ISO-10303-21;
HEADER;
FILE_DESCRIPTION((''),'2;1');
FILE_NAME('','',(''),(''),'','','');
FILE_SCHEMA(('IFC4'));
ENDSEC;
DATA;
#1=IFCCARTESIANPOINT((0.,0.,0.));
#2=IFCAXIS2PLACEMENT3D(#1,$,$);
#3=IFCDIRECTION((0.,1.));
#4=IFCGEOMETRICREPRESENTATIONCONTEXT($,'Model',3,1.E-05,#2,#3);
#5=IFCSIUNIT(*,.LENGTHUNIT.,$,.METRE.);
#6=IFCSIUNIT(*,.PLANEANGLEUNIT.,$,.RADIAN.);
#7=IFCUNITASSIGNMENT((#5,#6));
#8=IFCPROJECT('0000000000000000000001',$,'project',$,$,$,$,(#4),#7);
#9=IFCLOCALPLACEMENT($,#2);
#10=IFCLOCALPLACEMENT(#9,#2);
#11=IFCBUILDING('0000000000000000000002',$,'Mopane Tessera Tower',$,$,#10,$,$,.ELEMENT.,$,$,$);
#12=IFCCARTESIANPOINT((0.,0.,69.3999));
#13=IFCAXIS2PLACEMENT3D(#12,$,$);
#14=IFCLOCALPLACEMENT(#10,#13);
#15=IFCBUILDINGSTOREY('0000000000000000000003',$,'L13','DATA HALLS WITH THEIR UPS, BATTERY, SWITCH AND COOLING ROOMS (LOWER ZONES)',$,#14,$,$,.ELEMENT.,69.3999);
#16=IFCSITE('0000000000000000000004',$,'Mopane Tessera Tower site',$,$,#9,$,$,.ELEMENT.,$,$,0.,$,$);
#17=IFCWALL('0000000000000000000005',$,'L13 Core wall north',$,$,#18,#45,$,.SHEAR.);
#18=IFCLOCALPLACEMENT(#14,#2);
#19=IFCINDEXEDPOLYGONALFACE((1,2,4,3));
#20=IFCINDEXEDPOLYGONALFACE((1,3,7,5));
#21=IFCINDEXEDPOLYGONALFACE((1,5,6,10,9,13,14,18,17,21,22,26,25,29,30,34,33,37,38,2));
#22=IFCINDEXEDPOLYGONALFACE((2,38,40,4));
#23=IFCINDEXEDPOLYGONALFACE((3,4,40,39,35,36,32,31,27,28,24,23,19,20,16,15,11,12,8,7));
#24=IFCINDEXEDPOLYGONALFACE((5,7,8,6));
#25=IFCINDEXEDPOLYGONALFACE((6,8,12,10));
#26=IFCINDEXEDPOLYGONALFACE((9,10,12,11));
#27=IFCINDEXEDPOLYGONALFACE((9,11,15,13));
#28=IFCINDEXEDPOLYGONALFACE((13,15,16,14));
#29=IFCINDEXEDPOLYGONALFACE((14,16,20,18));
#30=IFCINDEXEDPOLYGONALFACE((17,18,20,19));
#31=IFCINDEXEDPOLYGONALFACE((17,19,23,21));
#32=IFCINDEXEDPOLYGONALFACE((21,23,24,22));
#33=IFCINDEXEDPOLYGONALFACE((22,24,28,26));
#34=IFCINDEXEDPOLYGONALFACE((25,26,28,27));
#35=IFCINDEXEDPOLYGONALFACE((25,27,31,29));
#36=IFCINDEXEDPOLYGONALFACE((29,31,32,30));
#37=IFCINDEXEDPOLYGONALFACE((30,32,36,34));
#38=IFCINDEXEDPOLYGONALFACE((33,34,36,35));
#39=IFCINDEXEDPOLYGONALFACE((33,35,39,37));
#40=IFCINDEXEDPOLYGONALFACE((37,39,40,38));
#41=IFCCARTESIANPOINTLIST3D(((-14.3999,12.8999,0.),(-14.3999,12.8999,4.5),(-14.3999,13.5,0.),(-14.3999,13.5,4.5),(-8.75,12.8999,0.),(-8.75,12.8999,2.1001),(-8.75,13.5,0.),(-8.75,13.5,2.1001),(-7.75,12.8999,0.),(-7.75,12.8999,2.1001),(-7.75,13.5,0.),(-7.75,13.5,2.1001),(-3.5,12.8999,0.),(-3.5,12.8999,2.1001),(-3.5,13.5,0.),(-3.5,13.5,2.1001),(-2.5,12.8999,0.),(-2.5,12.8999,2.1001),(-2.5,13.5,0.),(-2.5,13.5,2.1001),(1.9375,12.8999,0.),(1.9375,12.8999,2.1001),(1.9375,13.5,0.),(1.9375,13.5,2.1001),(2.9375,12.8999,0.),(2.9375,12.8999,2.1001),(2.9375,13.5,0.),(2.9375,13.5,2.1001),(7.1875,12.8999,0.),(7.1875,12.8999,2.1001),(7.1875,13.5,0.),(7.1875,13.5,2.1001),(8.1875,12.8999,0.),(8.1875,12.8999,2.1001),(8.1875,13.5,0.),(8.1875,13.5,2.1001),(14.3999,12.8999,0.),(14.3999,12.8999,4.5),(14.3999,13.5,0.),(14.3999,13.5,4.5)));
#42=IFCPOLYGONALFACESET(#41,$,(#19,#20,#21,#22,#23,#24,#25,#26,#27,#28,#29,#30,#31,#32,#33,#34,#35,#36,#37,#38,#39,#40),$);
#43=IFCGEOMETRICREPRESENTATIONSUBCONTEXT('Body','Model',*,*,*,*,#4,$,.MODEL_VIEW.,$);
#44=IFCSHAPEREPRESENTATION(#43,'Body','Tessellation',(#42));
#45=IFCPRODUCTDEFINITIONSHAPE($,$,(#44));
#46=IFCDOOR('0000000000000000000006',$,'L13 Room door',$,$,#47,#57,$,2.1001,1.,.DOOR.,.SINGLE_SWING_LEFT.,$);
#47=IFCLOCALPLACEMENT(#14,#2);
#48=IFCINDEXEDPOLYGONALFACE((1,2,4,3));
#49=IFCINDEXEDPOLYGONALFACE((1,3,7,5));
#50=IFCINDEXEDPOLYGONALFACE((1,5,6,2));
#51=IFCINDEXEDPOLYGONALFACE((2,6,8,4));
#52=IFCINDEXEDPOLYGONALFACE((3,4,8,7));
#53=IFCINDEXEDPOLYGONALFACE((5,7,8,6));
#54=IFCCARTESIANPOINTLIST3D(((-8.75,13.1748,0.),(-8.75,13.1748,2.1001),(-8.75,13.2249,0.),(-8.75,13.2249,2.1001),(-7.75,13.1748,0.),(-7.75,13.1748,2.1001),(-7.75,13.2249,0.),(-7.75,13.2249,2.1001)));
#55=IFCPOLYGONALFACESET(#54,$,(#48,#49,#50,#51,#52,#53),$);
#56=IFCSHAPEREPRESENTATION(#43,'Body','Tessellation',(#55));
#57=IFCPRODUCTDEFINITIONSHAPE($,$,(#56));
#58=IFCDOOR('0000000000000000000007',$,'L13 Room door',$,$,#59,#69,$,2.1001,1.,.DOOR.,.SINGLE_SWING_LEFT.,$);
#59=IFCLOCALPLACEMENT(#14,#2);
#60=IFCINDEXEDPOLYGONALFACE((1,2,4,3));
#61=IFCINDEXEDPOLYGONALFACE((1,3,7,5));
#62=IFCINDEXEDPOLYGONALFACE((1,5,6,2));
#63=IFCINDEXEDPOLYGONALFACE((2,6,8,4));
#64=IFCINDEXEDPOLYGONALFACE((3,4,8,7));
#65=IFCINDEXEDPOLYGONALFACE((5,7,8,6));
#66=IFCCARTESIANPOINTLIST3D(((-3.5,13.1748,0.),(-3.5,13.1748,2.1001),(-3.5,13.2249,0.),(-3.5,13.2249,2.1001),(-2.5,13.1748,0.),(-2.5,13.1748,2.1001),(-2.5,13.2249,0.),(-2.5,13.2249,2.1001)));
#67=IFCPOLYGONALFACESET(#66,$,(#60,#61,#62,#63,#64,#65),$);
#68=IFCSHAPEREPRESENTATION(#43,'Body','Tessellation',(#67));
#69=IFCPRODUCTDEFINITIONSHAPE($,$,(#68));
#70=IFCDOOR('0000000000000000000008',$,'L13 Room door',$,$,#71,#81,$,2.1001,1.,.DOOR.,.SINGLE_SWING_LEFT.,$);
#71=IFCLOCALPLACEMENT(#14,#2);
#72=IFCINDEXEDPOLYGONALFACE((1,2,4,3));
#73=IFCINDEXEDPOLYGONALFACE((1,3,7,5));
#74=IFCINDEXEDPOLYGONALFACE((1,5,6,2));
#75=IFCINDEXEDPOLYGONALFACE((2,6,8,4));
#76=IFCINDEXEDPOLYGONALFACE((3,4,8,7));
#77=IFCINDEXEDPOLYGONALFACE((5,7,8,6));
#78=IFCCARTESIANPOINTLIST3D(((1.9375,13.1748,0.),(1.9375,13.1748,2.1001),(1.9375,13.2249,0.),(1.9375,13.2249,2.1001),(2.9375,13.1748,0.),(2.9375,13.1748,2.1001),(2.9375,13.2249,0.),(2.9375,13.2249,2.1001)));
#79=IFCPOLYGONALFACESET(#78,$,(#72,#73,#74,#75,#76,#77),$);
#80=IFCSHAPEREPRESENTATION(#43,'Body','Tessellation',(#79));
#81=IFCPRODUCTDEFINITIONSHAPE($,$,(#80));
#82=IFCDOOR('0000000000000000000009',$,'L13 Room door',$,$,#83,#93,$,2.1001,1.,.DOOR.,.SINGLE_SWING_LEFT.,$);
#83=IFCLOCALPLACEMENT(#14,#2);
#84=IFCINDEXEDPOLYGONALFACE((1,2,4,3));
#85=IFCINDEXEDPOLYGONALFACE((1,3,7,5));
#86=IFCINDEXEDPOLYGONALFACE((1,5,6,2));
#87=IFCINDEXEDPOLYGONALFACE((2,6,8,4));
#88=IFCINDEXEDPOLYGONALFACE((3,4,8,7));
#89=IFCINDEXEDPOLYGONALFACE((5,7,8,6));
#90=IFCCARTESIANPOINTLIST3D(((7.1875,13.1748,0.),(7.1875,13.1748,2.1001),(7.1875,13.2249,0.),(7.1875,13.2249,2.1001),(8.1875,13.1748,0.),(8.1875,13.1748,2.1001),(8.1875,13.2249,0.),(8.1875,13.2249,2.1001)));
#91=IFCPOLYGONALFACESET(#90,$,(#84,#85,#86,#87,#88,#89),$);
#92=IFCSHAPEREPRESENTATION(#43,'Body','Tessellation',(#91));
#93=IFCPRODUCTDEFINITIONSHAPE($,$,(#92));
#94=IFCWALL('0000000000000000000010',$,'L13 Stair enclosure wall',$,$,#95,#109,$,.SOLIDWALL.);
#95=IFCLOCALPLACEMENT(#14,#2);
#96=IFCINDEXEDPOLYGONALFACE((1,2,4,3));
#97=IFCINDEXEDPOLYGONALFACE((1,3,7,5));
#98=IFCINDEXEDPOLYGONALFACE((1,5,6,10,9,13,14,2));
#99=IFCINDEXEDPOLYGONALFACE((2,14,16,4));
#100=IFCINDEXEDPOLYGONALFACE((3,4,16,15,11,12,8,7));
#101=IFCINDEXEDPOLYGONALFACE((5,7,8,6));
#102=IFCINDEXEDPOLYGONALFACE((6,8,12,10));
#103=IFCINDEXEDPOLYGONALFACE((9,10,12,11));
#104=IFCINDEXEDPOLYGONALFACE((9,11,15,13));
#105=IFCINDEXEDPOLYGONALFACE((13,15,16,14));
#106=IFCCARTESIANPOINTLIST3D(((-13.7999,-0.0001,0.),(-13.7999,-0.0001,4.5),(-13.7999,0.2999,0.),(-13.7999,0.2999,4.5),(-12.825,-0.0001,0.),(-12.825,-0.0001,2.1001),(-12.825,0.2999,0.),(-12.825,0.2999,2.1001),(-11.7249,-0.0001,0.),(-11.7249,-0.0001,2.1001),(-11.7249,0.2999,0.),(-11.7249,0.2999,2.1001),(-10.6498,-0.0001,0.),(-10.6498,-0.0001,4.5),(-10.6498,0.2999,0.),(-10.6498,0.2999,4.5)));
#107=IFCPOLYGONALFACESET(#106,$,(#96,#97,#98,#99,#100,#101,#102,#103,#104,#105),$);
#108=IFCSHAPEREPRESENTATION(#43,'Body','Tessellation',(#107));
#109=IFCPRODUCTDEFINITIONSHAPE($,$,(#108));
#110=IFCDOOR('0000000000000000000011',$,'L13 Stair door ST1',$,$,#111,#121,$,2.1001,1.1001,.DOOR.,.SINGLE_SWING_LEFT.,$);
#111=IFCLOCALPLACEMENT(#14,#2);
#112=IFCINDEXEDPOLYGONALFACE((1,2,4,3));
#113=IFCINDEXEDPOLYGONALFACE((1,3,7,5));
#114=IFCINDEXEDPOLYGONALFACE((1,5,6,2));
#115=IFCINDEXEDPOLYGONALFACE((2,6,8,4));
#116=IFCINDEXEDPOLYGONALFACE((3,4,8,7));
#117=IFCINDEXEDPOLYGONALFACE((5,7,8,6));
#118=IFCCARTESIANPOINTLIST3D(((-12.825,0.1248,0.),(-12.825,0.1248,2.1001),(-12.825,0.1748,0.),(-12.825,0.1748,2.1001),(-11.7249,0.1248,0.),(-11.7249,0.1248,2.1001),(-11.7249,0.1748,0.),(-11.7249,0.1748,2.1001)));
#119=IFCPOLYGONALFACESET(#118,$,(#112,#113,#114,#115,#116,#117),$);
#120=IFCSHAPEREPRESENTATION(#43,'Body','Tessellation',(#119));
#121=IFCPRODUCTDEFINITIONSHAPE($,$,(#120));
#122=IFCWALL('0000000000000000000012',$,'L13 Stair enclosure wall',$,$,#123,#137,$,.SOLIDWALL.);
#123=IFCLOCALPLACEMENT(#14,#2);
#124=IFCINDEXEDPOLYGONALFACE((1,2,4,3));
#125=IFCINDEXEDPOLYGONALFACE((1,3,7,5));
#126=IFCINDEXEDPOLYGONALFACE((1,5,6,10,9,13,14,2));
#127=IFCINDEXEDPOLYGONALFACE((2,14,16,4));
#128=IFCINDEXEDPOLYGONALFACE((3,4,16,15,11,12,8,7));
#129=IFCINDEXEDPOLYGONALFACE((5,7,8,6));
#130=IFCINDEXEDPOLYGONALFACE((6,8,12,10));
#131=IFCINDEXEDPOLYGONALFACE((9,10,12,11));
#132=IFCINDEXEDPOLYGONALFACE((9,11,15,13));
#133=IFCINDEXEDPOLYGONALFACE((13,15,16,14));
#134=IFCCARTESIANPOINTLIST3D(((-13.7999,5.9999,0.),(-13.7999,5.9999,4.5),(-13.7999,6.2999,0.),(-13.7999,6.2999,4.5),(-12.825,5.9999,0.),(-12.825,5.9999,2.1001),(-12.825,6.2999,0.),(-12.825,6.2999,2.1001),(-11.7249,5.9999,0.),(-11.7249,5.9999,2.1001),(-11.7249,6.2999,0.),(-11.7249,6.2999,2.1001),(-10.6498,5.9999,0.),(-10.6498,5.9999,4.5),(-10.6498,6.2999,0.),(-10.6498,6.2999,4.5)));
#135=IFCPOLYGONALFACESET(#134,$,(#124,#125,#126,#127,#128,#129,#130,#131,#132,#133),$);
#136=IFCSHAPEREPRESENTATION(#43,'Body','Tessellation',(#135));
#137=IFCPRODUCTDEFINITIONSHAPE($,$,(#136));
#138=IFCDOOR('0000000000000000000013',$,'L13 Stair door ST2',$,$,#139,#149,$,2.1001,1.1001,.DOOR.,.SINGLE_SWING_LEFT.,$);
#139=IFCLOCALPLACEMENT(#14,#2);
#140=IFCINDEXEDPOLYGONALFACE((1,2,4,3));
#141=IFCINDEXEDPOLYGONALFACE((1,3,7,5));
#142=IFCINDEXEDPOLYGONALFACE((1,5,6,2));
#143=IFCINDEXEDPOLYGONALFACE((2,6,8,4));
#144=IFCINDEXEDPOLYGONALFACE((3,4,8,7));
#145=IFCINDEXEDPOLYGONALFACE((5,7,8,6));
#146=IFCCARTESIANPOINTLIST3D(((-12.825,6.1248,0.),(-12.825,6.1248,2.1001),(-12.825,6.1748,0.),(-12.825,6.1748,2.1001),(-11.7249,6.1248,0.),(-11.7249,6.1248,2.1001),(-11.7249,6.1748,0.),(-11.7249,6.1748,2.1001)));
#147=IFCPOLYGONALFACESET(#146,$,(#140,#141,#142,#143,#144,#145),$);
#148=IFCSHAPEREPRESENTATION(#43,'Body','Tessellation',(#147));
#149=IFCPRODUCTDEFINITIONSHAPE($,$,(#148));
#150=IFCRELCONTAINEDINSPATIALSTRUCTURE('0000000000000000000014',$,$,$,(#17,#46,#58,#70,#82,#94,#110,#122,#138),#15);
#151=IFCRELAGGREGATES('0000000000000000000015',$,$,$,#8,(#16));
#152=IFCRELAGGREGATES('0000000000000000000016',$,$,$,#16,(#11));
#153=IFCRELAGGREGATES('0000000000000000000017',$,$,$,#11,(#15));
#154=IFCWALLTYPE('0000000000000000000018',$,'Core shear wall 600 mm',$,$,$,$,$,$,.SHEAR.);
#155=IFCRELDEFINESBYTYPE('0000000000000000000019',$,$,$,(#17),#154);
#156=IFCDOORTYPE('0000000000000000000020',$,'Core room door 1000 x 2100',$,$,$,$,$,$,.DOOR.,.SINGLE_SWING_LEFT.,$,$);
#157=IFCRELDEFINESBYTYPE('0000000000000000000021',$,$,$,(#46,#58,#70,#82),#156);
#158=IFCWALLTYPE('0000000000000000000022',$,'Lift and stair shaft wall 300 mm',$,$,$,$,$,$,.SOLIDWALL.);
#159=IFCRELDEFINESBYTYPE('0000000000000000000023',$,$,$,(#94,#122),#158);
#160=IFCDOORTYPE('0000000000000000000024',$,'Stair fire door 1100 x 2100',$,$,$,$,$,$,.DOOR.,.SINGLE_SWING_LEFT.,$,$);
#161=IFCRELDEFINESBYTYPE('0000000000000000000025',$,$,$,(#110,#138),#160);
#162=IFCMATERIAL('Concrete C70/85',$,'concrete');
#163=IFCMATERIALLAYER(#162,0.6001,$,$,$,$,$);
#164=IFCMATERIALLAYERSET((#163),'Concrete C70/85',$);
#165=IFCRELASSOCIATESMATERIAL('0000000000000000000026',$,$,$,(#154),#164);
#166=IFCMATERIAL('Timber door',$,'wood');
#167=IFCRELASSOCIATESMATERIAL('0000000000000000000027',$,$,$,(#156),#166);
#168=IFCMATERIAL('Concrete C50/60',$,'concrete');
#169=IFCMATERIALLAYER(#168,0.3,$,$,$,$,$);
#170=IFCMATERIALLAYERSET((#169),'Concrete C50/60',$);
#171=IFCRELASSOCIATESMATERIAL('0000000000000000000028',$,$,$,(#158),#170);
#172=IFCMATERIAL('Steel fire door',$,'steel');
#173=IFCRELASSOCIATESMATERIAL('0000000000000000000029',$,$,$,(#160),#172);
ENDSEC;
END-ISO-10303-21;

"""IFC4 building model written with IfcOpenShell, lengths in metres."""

from ifc_helpers import new_model, si_unit, direction, frame, frame_2d, origin, place, context, subcontext, project, spatial, rectangle, extrude, material, layer, layer_set, type_object, element, fill, save


model = new_model("IFC4")

# Units and contexts
model_context = context("Model", 3, precision=1e-05, world=origin(), true_north=direction((0.0, 1.0)))
body_context = subcontext(model_context, "Body", "Model", "MODEL_VIEW")
ifc_project = project(units=[si_unit("LENGTHUNIT", "METRE"), si_unit("PLANEANGLEUNIT", "RADIAN")], contexts=[model_context])

# Site, building, storey
site_placement = place(None, origin())
site = spatial("IfcSite", under=ifc_project, at=site_placement, Name="Mopane Tessera Tower site", CompositionType="ELEMENT", RefElevation=0.0)
building_placement = place(site_placement, origin())
building = spatial("IfcBuilding", under=site, at=building_placement, Name="Mopane Tessera Tower", CompositionType="ELEMENT")
storey_placement = place(building_placement, frame((0.0, 0.0, 69.3999)))
storey = spatial("IfcBuildingStorey", under=building, at=storey_placement, Name="L13", Description="DATA HALLS WITH THEIR UPS, BATTERY, SWITCH AND COOLING ROOMS (LOWER ZONES)", CompositionType="ELEMENT", Elevation=69.3999)

# Wall, openings, doors
ifc_material_1 = material(Name="Concrete C70/85", Category="concrete")
ifc_layer_1 = layer(ifc_material_1, 0.6001)
ifc_layer_set_1 = layer_set([ifc_layer_1], Name="Concrete C70/85")
wall_type_1 = type_object("IfcWallType", Name="Core shear wall 600 mm", PredefinedType="SHEAR", material=ifc_layer_set_1)
wall_1_placement = place(storey_placement, frame((-14.3999, 13.2, 0.0), z_axis=(0.0, 0.0, 1.0), x_axis=(1.0, 0.0, 0.0)))
wall_1 = element("IfcWall", 1, at=wall_1_placement, inside=storey, type_object=wall_type_1, Name="L13 Core wall north", PredefinedType="SHEAR", context=body_context, shape_type="SweptSolid", body=[
    extrude(rectangle(XDim=28.7998, YDim=0.6001, at=frame_2d((14.3999, 0.0))), origin(), (0.0, 0.0, 1.0), 4.5),
])
opening_1_placement = place(wall_1_placement, frame((5.6499, 0.0, 0.0)))
opening_1 = element("IfcOpeningElement", 2, at=opening_1_placement, cuts=wall_1, PredefinedType="OPENING", context=body_context, shape_type="SweptSolid", body=[
    extrude(rectangle(XDim=1.0, YDim=2.1001, at=frame_2d((0.5, 1.05))), frame((0.0, 0.312, 0.0), z_axis=(0.0, -1.0, 0.0), x_axis=(1.0, 0.0, 0.0)), (0.0, 0.0, 1.0), 0.624),
])
opening_2_placement = place(wall_1_placement, frame((10.8999, 0.0, 0.0)))
opening_2 = element("IfcOpeningElement", 3, at=opening_2_placement, cuts=wall_1, PredefinedType="OPENING", context=body_context, shape_type="SweptSolid", body=[
    extrude(rectangle(XDim=1.0, YDim=2.1001, at=frame_2d((0.5, 1.05))), frame((0.0, 0.312, 0.0), z_axis=(0.0, -1.0, 0.0), x_axis=(1.0, 0.0, 0.0)), (0.0, 0.0, 1.0), 0.624),
])
opening_3_placement = place(wall_1_placement, frame((16.3374, 0.0, 0.0)))
opening_3 = element("IfcOpeningElement", 4, at=opening_3_placement, cuts=wall_1, PredefinedType="OPENING", context=body_context, shape_type="SweptSolid", body=[
    extrude(rectangle(XDim=1.0, YDim=2.1001, at=frame_2d((0.5, 1.05))), frame((0.0, 0.312, 0.0), z_axis=(0.0, -1.0, 0.0), x_axis=(1.0, 0.0, 0.0)), (0.0, 0.0, 1.0), 0.624),
])
opening_4_placement = place(wall_1_placement, frame((21.5874, 0.0, 0.0)))
opening_4 = element("IfcOpeningElement", 5, at=opening_4_placement, cuts=wall_1, PredefinedType="OPENING", context=body_context, shape_type="SweptSolid", body=[
    extrude(rectangle(XDim=1.0, YDim=2.1001, at=frame_2d((0.5, 1.05))), frame((0.0, 0.312, 0.0), z_axis=(0.0, -1.0, 0.0), x_axis=(1.0, 0.0, 0.0)), (0.0, 0.0, 1.0), 0.624),
])
ifc_material_2 = material(Name="Timber door", Category="wood")
door_type_1 = type_object("IfcDoorType", Name="Core room door 1000 x 2100", OperationType="SINGLE_SWING_LEFT", PredefinedType="DOOR", material=ifc_material_2)
door_1_placement = place(opening_1_placement, origin())
door_1 = element("IfcDoor", 6, at=door_1_placement, inside=storey, type_object=door_type_1, Name="L13 Room door", OperationType="SINGLE_SWING_LEFT", OverallHeight=2.1001, OverallWidth=1.0, PredefinedType="DOOR", context=body_context, shape_type="SweptSolid", body=[
    extrude(rectangle(XDim=1.0, YDim=2.1001, at=frame_2d((0.5, 1.05))), frame((0.0, 0.0249, 0.0), z_axis=(0.0, -1.0, 0.0), x_axis=(1.0, 0.0, 0.0)), (0.0, 0.0, 1.0), 0.05),
])
fill(opening_1, door_1)
door_2_placement = place(opening_2_placement, origin())
door_2 = element("IfcDoor", 7, at=door_2_placement, inside=storey, type_object=door_type_1, Name="L13 Room door", OperationType="SINGLE_SWING_LEFT", OverallHeight=2.1001, OverallWidth=1.0, PredefinedType="DOOR", context=body_context, shape_type="SweptSolid", body=[
    extrude(rectangle(XDim=1.0, YDim=2.1001, at=frame_2d((0.5, 1.05))), frame((0.0, 0.0249, 0.0), z_axis=(0.0, -1.0, 0.0), x_axis=(1.0, 0.0, 0.0)), (0.0, 0.0, 1.0), 0.05),
])
fill(opening_2, door_2)
door_3_placement = place(opening_3_placement, origin())
door_3 = element("IfcDoor", 8, at=door_3_placement, inside=storey, type_object=door_type_1, Name="L13 Room door", OperationType="SINGLE_SWING_LEFT", OverallHeight=2.1001, OverallWidth=1.0, PredefinedType="DOOR", context=body_context, shape_type="SweptSolid", body=[
    extrude(rectangle(XDim=1.0, YDim=2.1001, at=frame_2d((0.5, 1.05))), frame((0.0, 0.0249, 0.0), z_axis=(0.0, -1.0, 0.0), x_axis=(1.0, 0.0, 0.0)), (0.0, 0.0, 1.0), 0.05),
])
fill(opening_3, door_3)
door_4_placement = place(opening_4_placement, origin())
door_4 = element("IfcDoor", 9, at=door_4_placement, inside=storey, type_object=door_type_1, Name="L13 Room door", OperationType="SINGLE_SWING_LEFT", OverallHeight=2.1001, OverallWidth=1.0, PredefinedType="DOOR", context=body_context, shape_type="SweptSolid", body=[
    extrude(rectangle(XDim=1.0, YDim=2.1001, at=frame_2d((0.5, 1.05))), frame((0.0, 0.0249, 0.0), z_axis=(0.0, -1.0, 0.0), x_axis=(1.0, 0.0, 0.0)), (0.0, 0.0, 1.0), 0.05),
])
fill(opening_4, door_4)

# Walls, openings, doors
ifc_material_3 = material(Name="Concrete C50/60", Category="concrete")
ifc_layer_2 = layer(ifc_material_3, 0.3)
ifc_layer_set_2 = layer_set([ifc_layer_2], Name="Concrete C50/60")
wall_type_2 = type_object("IfcWallType", Name="Lift and stair shaft wall 300 mm", PredefinedType="SOLIDWALL", material=ifc_layer_set_2)
wall_2_placement = place(storey_placement, frame((-13.8, 0.1499, 0.0), z_axis=(0.0, 0.0, 1.0), x_axis=(1.0, 0.0, 0.0)))
wall_2 = element("IfcWall", 10, at=wall_2_placement, inside=storey, type_object=wall_type_2, Name="L13 Stair enclosure wall", PredefinedType="SOLIDWALL", context=body_context, shape_type="SweptSolid", body=[
    extrude(rectangle(XDim=3.1501, YDim=0.3, at=frame_2d((1.5752, 0.0))), origin(), (0.0, 0.0, 1.0), 4.5),
])
opening_5_placement = place(wall_2_placement, frame((0.9751, 0.0, 0.0)))
opening_5 = element("IfcOpeningElement", 11, at=opening_5_placement, cuts=wall_2, PredefinedType="OPENING", context=body_context, shape_type="SweptSolid", body=[
    extrude(rectangle(XDim=1.1001, YDim=2.1001, at=frame_2d((0.55, 1.05))), frame((0.0, 0.1621, 0.0), z_axis=(0.0, -1.0, 0.0), x_axis=(1.0, 0.0, 0.0)), (0.0, 0.0, 1.0), 0.324),
])
ifc_material_4 = material(Name="Steel fire door", Category="steel")
door_type_2 = type_object("IfcDoorType", Name="Stair fire door 1100 x 2100", OperationType="SINGLE_SWING_LEFT", PredefinedType="DOOR", material=ifc_material_4)
door_5_placement = place(opening_5_placement, origin())
door_5 = element("IfcDoor", 12, at=door_5_placement, inside=storey, type_object=door_type_2, Name="L13 Stair door ST1", OperationType="SINGLE_SWING_LEFT", OverallHeight=2.1001, OverallWidth=1.1001, PredefinedType="DOOR", context=body_context, shape_type="SweptSolid", body=[
    extrude(rectangle(XDim=1.1001, YDim=2.1001, at=frame_2d((0.55, 1.05))), frame((0.0, 0.0249, 0.0), z_axis=(0.0, -1.0, 0.0), x_axis=(1.0, 0.0, 0.0)), (0.0, 0.0, 1.0), 0.05),
])
fill(opening_5, door_5)
wall_3_placement = place(storey_placement, frame((-13.8, 6.1499, 0.0), z_axis=(0.0, 0.0, 1.0), x_axis=(1.0, 0.0, 0.0)))
wall_3 = element("IfcWall", 13, at=wall_3_placement, inside=storey, type_object=wall_type_2, Name="L13 Stair enclosure wall", PredefinedType="SOLIDWALL", context=body_context, shape_type="SweptSolid", body=[
    extrude(rectangle(XDim=3.1501, YDim=0.3, at=frame_2d((1.5752, 0.0))), origin(), (0.0, 0.0, 1.0), 4.5),
])
opening_6_placement = place(wall_3_placement, frame((0.9751, 0.0, 0.0)))
opening_6 = element("IfcOpeningElement", 14, at=opening_6_placement, cuts=wall_3, PredefinedType="OPENING", context=body_context, shape_type="SweptSolid", body=[
    extrude(rectangle(XDim=1.1001, YDim=2.1001, at=frame_2d((0.55, 1.05))), frame((0.0, 0.1621, 0.0), z_axis=(0.0, -1.0, 0.0), x_axis=(1.0, 0.0, 0.0)), (0.0, 0.0, 1.0), 0.324),
])
door_6_placement = place(opening_6_placement, origin())
door_6 = element("IfcDoor", 15, at=door_6_placement, inside=storey, type_object=door_type_2, Name="L13 Stair door ST2", OperationType="SINGLE_SWING_LEFT", OverallHeight=2.1001, OverallWidth=1.1001, PredefinedType="DOOR", context=body_context, shape_type="SweptSolid", body=[
    extrude(rectangle(XDim=1.1001, YDim=2.1001, at=frame_2d((0.55, 1.05))), frame((0.0, 0.0249, 0.0), z_axis=(0.0, -1.0, 0.0), x_axis=(1.0, 0.0, 0.0)), (0.0, 0.0, 1.0), 0.05),
])
fill(opening_6, door_6)

save(model, "model.ifc")
